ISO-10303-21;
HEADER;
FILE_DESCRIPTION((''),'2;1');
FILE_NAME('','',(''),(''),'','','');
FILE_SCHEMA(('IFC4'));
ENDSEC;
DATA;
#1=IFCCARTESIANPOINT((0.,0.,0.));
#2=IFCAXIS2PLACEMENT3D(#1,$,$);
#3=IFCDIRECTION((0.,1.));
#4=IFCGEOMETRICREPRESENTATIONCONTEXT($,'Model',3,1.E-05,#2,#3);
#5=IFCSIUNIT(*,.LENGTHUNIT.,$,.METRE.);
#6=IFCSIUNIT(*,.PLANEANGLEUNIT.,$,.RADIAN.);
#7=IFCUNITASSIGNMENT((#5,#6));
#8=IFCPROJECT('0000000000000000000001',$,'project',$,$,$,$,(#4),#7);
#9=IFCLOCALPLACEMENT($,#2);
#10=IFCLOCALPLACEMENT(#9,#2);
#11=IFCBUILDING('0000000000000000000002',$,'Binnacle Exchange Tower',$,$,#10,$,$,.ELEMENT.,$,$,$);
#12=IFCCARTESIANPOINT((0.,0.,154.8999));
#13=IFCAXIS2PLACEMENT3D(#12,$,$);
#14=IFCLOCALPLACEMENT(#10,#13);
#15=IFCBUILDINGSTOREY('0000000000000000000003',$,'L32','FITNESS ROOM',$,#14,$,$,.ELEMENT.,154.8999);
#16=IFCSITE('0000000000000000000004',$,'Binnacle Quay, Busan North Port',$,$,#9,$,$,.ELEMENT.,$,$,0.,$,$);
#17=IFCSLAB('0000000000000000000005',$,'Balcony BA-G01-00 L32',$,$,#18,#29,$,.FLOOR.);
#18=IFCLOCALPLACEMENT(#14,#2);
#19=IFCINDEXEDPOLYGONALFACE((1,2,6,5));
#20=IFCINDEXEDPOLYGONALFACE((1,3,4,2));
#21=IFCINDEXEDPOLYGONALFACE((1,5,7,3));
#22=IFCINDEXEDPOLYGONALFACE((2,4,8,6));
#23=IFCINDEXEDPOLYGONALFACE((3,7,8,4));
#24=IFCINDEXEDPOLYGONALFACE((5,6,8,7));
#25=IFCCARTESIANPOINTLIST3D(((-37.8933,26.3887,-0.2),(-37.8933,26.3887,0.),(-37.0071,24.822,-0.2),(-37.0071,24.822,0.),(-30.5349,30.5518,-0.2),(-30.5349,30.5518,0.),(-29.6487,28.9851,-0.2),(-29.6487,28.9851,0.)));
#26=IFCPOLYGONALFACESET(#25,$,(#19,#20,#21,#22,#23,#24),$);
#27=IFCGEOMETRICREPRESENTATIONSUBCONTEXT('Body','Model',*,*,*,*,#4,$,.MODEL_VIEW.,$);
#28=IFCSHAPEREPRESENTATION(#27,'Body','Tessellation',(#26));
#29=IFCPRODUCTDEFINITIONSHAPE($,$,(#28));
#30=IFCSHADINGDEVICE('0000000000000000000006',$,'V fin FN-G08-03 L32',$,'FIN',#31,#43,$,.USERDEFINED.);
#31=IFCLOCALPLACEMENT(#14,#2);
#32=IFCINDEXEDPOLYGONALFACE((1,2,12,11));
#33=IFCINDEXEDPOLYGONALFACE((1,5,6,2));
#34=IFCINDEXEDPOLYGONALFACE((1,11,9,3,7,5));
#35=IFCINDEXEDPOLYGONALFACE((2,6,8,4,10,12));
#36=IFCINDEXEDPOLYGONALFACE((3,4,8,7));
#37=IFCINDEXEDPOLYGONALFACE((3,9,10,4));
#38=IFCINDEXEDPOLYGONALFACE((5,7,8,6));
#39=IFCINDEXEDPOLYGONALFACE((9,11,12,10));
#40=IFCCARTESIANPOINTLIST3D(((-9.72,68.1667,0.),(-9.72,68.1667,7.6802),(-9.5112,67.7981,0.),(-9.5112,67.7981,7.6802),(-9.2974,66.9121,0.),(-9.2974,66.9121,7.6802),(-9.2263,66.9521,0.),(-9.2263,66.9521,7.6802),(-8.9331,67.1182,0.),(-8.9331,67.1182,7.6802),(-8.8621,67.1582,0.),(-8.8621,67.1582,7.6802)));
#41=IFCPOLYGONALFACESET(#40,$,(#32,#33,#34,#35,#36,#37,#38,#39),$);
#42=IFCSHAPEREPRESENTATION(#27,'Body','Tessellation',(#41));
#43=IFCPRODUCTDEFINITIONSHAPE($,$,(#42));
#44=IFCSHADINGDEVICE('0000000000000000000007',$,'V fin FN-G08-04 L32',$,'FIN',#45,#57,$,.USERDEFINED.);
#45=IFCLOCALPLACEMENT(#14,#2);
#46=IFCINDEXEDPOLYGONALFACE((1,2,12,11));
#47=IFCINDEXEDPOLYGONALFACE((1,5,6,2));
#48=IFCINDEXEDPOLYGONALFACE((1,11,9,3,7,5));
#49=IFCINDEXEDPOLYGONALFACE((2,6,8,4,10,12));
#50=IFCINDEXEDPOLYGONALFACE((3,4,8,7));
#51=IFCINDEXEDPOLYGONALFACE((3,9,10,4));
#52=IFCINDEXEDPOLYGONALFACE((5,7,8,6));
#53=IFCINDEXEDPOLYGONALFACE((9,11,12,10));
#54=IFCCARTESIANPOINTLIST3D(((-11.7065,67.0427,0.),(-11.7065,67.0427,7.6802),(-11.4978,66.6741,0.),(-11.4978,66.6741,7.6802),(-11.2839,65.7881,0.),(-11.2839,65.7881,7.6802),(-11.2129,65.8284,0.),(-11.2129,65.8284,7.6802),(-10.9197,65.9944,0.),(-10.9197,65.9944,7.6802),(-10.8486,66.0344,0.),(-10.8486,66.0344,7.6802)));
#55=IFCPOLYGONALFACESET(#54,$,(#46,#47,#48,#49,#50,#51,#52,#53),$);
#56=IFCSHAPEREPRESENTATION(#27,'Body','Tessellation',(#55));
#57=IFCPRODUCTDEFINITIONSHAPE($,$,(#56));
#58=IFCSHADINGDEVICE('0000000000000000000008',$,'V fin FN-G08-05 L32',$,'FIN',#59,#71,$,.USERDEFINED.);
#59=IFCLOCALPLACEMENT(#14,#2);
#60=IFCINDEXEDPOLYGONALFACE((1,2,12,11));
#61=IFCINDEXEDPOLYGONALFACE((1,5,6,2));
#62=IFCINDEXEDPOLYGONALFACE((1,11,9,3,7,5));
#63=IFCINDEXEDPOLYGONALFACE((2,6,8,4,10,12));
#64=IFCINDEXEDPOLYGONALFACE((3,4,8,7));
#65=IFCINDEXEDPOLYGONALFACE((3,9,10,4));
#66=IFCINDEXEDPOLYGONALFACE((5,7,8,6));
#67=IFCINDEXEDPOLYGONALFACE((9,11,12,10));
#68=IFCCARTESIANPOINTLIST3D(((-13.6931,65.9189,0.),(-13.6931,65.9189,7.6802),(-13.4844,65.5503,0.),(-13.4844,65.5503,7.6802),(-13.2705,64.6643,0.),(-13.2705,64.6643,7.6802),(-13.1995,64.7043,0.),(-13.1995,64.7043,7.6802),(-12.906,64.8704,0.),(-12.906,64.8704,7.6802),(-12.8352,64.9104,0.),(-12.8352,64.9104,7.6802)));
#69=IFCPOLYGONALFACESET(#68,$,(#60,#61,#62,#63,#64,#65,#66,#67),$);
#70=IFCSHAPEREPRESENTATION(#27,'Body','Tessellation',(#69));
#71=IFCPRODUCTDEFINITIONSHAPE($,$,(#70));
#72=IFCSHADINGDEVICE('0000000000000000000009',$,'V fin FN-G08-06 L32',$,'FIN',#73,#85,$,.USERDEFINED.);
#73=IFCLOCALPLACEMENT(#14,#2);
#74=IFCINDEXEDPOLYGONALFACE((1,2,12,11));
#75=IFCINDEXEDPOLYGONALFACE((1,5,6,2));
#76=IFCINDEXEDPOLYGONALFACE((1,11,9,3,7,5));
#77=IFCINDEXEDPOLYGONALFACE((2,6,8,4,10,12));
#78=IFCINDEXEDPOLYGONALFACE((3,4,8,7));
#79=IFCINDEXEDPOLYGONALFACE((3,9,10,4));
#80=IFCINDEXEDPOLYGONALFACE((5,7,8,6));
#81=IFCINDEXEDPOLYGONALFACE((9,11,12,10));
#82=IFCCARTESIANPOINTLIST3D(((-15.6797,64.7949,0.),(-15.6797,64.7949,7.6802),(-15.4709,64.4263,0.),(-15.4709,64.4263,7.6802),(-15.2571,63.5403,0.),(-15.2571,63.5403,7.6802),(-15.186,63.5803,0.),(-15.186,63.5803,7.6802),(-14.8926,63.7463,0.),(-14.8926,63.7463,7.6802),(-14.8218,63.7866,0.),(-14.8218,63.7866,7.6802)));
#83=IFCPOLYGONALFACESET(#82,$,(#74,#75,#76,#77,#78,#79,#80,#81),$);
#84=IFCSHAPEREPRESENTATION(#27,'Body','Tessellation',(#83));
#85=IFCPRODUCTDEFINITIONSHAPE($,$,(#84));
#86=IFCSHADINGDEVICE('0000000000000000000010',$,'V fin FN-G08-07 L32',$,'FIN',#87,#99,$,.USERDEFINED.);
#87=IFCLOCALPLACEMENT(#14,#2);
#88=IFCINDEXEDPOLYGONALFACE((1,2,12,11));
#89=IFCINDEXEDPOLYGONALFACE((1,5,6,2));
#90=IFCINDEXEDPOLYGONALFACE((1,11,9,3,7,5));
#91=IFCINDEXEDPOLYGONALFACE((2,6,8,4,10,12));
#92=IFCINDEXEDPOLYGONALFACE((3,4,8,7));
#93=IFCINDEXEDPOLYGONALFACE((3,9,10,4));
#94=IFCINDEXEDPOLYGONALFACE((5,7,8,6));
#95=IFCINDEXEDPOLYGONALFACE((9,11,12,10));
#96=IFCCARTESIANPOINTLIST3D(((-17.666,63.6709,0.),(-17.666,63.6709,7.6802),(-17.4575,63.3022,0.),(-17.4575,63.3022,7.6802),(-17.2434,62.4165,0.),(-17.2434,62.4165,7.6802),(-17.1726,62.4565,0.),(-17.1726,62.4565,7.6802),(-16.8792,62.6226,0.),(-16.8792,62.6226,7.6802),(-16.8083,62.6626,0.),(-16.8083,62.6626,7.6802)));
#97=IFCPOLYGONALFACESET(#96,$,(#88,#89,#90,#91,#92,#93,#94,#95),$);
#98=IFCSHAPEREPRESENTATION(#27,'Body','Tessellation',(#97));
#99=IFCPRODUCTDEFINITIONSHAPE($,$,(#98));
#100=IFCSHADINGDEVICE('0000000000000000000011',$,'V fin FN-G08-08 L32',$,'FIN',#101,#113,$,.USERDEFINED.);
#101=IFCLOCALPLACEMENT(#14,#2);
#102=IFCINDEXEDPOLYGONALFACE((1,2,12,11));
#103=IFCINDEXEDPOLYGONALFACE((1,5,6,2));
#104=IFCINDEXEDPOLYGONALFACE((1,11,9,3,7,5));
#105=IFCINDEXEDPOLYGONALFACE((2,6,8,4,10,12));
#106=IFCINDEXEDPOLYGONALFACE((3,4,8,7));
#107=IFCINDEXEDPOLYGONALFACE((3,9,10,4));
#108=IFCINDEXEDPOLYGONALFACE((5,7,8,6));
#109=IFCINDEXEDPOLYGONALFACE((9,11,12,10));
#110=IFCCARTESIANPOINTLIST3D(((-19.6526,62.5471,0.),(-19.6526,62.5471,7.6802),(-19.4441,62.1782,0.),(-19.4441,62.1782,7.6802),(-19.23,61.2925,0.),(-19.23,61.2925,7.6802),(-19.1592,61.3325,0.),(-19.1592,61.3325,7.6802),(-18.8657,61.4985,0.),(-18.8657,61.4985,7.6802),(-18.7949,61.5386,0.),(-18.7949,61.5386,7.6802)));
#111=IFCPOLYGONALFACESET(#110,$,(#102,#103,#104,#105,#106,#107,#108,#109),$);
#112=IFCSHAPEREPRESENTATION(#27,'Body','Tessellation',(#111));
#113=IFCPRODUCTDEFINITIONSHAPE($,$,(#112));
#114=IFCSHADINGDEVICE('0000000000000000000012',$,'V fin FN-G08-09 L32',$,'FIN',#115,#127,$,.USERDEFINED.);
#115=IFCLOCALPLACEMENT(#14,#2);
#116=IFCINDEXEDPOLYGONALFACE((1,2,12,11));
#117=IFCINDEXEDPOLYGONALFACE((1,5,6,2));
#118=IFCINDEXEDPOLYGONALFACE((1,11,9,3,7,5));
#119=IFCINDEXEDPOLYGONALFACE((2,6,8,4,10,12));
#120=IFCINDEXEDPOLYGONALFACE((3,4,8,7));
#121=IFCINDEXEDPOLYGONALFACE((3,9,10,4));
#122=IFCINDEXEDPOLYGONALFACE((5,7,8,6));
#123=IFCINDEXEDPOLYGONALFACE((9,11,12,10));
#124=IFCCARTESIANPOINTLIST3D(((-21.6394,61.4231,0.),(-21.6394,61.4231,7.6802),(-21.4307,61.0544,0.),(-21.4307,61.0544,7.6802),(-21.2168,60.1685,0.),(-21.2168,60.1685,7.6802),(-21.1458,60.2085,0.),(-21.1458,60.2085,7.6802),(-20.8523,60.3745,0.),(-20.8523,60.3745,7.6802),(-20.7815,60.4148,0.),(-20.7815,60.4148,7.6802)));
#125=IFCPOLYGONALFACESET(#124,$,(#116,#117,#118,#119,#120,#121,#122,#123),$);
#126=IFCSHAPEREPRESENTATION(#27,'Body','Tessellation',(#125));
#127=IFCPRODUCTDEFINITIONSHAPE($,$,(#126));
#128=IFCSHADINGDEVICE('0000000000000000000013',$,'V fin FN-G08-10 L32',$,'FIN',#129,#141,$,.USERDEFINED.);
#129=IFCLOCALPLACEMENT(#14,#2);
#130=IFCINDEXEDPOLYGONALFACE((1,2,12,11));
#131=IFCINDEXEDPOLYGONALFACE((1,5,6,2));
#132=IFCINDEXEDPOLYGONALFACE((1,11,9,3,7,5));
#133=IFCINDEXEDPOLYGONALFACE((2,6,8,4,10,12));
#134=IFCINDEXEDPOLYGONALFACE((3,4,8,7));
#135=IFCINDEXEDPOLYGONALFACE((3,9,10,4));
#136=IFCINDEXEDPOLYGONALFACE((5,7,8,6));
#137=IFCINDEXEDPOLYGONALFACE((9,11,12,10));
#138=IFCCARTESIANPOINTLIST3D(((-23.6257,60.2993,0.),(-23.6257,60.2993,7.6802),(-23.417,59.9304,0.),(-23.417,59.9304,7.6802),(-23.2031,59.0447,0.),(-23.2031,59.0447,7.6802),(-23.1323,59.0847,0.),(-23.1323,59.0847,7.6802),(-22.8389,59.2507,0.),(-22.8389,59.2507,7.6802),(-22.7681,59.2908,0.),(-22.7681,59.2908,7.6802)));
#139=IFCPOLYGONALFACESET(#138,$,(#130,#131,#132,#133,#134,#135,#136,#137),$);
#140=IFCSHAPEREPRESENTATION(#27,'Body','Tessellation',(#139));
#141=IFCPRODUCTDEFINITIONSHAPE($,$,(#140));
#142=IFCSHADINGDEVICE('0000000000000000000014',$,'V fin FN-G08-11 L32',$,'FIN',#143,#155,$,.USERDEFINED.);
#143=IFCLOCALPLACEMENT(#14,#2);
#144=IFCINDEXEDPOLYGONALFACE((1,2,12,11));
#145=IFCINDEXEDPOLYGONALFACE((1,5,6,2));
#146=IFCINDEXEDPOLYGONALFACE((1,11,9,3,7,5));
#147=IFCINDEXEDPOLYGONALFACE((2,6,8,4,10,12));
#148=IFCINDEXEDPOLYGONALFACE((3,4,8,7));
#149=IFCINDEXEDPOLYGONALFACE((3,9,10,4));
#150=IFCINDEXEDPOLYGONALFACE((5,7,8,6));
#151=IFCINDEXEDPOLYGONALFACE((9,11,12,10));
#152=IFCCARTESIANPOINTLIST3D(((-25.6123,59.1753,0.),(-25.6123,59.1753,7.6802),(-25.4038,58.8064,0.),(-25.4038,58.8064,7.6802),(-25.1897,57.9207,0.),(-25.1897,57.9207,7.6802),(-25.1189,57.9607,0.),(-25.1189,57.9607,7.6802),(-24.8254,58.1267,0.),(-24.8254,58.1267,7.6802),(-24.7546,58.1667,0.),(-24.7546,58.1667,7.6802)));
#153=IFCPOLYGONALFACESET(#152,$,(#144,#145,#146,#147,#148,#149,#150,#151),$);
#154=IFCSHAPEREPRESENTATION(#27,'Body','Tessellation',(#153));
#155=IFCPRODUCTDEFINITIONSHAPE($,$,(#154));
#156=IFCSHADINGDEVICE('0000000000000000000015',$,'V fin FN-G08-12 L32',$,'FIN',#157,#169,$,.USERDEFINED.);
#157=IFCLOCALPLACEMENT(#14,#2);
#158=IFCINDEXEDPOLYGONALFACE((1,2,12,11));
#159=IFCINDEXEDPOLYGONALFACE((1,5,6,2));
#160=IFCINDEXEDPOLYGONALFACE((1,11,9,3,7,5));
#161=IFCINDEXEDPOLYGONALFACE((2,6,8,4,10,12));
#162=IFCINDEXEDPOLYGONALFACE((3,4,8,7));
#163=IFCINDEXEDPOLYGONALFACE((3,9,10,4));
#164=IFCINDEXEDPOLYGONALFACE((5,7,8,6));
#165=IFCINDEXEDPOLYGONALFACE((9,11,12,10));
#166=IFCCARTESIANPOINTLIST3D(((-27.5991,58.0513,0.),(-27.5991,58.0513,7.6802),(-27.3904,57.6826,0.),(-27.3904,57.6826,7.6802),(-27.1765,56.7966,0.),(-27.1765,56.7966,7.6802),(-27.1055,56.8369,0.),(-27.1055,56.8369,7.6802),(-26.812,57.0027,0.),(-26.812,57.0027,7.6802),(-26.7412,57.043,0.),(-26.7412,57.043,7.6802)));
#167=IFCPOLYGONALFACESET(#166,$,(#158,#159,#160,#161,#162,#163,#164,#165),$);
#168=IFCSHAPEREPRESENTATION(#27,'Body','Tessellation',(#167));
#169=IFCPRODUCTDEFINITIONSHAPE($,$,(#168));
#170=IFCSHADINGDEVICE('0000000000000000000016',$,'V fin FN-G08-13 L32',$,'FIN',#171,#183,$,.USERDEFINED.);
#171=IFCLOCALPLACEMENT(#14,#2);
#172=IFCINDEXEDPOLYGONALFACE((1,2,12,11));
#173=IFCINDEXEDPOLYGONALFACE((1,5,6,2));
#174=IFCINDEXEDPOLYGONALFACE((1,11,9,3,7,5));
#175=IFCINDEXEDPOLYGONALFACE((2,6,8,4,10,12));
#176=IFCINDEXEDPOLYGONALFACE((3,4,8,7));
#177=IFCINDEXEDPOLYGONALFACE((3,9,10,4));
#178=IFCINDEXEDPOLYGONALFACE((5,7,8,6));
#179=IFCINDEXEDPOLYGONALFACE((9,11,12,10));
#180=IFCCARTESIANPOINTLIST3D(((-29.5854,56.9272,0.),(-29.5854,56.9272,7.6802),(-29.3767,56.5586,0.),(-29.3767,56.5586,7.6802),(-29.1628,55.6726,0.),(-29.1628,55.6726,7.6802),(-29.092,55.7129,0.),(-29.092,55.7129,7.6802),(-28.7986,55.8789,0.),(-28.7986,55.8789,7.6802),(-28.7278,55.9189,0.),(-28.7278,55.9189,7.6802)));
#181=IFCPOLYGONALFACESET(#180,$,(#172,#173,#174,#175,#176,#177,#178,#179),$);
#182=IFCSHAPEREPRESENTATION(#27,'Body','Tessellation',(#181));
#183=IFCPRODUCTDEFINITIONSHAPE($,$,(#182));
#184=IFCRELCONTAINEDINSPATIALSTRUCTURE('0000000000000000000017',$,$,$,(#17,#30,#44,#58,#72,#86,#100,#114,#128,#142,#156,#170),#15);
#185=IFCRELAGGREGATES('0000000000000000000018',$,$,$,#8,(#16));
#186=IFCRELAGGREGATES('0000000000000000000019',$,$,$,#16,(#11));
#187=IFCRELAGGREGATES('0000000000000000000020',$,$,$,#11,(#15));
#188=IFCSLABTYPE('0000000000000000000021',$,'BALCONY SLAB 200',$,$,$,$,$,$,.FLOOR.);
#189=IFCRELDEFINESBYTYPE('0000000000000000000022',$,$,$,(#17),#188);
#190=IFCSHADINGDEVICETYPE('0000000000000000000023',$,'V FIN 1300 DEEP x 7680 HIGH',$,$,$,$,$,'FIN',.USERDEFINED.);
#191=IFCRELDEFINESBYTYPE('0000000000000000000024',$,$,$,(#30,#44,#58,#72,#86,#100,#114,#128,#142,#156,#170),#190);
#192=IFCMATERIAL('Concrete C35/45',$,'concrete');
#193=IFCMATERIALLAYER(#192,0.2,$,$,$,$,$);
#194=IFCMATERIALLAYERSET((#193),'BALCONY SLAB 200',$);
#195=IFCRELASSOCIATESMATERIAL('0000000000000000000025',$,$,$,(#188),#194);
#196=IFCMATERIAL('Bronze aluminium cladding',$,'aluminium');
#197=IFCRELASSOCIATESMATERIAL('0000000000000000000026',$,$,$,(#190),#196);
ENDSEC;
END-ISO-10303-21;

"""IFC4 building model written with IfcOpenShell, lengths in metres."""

from ifc_helpers import new_model, si_unit, direction, frame, origin, place, context, subcontext, project, spatial, polyline, outline, extrude, material, layer, layer_set, type_object, element, save


model = new_model("IFC4")

# Units and contexts
model_context = context("Model", 3, precision=1e-05, world=origin(), true_north=direction((0.0, 1.0)))
body_context = subcontext(model_context, "Body", "Model", "MODEL_VIEW")
ifc_project = project(units=[si_unit("LENGTHUNIT", "METRE"), si_unit("PLANEANGLEUNIT", "RADIAN")], contexts=[model_context])

# Site, building, storey
site_placement = place(None, origin())
site = spatial("IfcSite", under=ifc_project, at=site_placement, Name="Binnacle Quay, Busan North Port", CompositionType="ELEMENT", RefElevation=0.0)
building_placement = place(site_placement, origin())
building = spatial("IfcBuilding", under=site, at=building_placement, Name="Binnacle Exchange Tower", CompositionType="ELEMENT")
storey_placement = place(building_placement, frame((0.0, 0.0, 154.8999)))
storey = spatial("IfcBuildingStorey", under=building, at=storey_placement, Name="L32", Description="FITNESS ROOM", CompositionType="ELEMENT", Elevation=154.8999)

# Slab
ifc_material_1 = material(Name="Concrete C35/45", Category="concrete")
ifc_layer = layer(ifc_material_1, 0.2)
ifc_layer_set = layer_set([ifc_layer], Name="BALCONY SLAB 200")
slab_type = type_object("IfcSlabType", Name="BALCONY SLAB 200", PredefinedType="FLOOR", material=ifc_layer_set)
slab_placement = place(storey_placement, frame((0.0, 0.0, -0.2)))
element("IfcSlab", 1, at=slab_placement, inside=storey, type_object=slab_type, Name="Balcony BA-G01-00 L32", PredefinedType="FLOOR", context=body_context, shape_type="SweptSolid", body=[
    extrude(outline(polyline([(-37.8933, 26.3887), (-30.5349, 30.5518), (-29.6487, 28.9851), (-37.0071, 24.822), (-37.8933, 26.3887)])), origin(), (0.0, 0.0, 1.0), 0.2),
])

# Shading devices
ifc_material_2 = material(Name="Bronze aluminium cladding", Category="aluminium")
shading_device_type = type_object("IfcShadingDeviceType", Name="V FIN 1300 DEEP x 7680 HIGH", ElementType="FIN", PredefinedType="USERDEFINED", material=ifc_material_2)
shading_device_1_placement = place(storey_placement, origin())
element("IfcShadingDevice", 2, at=shading_device_1_placement, inside=storey, type_object=shading_device_type, Name="V fin FN-G08-03 L32", ObjectType="FIN", PredefinedType="USERDEFINED", context=body_context, shape_type="SweptSolid", body=[
    extrude(outline(polyline([(-8.8621, 67.1582), (-9.72, 68.1667), (-9.2974, 66.9121), (-9.2263, 66.9521), (-9.5112, 67.7981), (-8.9331, 67.1182), (-8.8621, 67.1582)])), origin(), (0.0, 0.0, 1.0), 7.6802),
])
shading_device_2_placement = place(storey_placement, origin())
element("IfcShadingDevice", 3, at=shading_device_2_placement, inside=storey, type_object=shading_device_type, Name="V fin FN-G08-04 L32", ObjectType="FIN", PredefinedType="USERDEFINED", context=body_context, shape_type="SweptSolid", body=[
    extrude(outline(polyline([(-10.8486, 66.0344), (-11.7065, 67.0427), (-11.2839, 65.7881), (-11.2129, 65.8284), (-11.4978, 66.6741), (-10.9197, 65.9944), (-10.8486, 66.0344)])), origin(), (0.0, 0.0, 1.0), 7.6802),
])
shading_device_3_placement = place(storey_placement, origin())
element("IfcShadingDevice", 4, at=shading_device_3_placement, inside=storey, type_object=shading_device_type, Name="V fin FN-G08-05 L32", ObjectType="FIN", PredefinedType="USERDEFINED", context=body_context, shape_type="SweptSolid", body=[
    extrude(outline(polyline([(-12.8352, 64.9104), (-13.6931, 65.9189), (-13.2705, 64.6643), (-13.1995, 64.7043), (-13.4844, 65.5503), (-12.906, 64.8704), (-12.8352, 64.9104)])), origin(), (0.0, 0.0, 1.0), 7.6802),
])
shading_device_4_placement = place(storey_placement, origin())
element("IfcShadingDevice", 5, at=shading_device_4_placement, inside=storey, type_object=shading_device_type, Name="V fin FN-G08-06 L32", ObjectType="FIN", PredefinedType="USERDEFINED", context=body_context, shape_type="SweptSolid", body=[
    extrude(outline(polyline([(-14.8218, 63.7866), (-15.6797, 64.7949), (-15.2571, 63.5403), (-15.186, 63.5803), (-15.4709, 64.4263), (-14.8926, 63.7463), (-14.8218, 63.7866)])), origin(), (0.0, 0.0, 1.0), 7.6802),
])
shading_device_5_placement = place(storey_placement, origin())
element("IfcShadingDevice", 6, at=shading_device_5_placement, inside=storey, type_object=shading_device_type, Name="V fin FN-G08-07 L32", ObjectType="FIN", PredefinedType="USERDEFINED", context=body_context, shape_type="SweptSolid", body=[
    extrude(outline(polyline([(-16.8083, 62.6626), (-17.666, 63.6709), (-17.2434, 62.4165), (-17.1726, 62.4565), (-17.4575, 63.3022), (-16.8792, 62.6226), (-16.8083, 62.6626)])), origin(), (0.0, 0.0, 1.0), 7.6802),
])
shading_device_6_placement = place(storey_placement, origin())
element("IfcShadingDevice", 7, at=shading_device_6_placement, inside=storey, type_object=shading_device_type, Name="V fin FN-G08-08 L32", ObjectType="FIN", PredefinedType="USERDEFINED", context=body_context, shape_type="SweptSolid", body=[
    extrude(outline(polyline([(-18.7949, 61.5386), (-19.6526, 62.5471), (-19.23, 61.2925), (-19.1592, 61.3325), (-19.4441, 62.1782), (-18.8657, 61.4985), (-18.7949, 61.5386)])), origin(), (0.0, 0.0, 1.0), 7.6802),
])
shading_device_7_placement = place(storey_placement, origin())
element("IfcShadingDevice", 8, at=shading_device_7_placement, inside=storey, type_object=shading_device_type, Name="V fin FN-G08-09 L32", ObjectType="FIN", PredefinedType="USERDEFINED", context=body_context, shape_type="SweptSolid", body=[
    extrude(outline(polyline([(-20.7815, 60.4148), (-21.6394, 61.4231), (-21.2168, 60.1685), (-21.1458, 60.2085), (-21.4307, 61.0544), (-20.8523, 60.3745), (-20.7815, 60.4148)])), origin(), (0.0, 0.0, 1.0), 7.6802),
])
shading_device_8_placement = place(storey_placement, origin())
element("IfcShadingDevice", 9, at=shading_device_8_placement, inside=storey, type_object=shading_device_type, Name="V fin FN-G08-10 L32", ObjectType="FIN", PredefinedType="USERDEFINED", context=body_context, shape_type="SweptSolid", body=[
    extrude(outline(polyline([(-22.7681, 59.2908), (-23.6257, 60.2993), (-23.2031, 59.0447), (-23.1323, 59.0847), (-23.417, 59.9304), (-22.8389, 59.2507), (-22.7681, 59.2908)])), origin(), (0.0, 0.0, 1.0), 7.6802),
])
shading_device_9_placement = place(storey_placement, origin())
element("IfcShadingDevice", 10, at=shading_device_9_placement, inside=storey, type_object=shading_device_type, Name="V fin FN-G08-11 L32", ObjectType="FIN", PredefinedType="USERDEFINED", context=body_context, shape_type="SweptSolid", body=[
    extrude(outline(polyline([(-24.7546, 58.1667), (-25.6123, 59.1753), (-25.1897, 57.9207), (-25.1189, 57.9607), (-25.4038, 58.8064), (-24.8254, 58.1267), (-24.7546, 58.1667)])), origin(), (0.0, 0.0, 1.0), 7.6802),
])
shading_device_10_placement = place(storey_placement, origin())
element("IfcShadingDevice", 11, at=shading_device_10_placement, inside=storey, type_object=shading_device_type, Name="V fin FN-G08-12 L32", ObjectType="FIN", PredefinedType="USERDEFINED", context=body_context, shape_type="SweptSolid", body=[
    extrude(outline(polyline([(-26.7412, 57.043), (-27.5991, 58.0513), (-27.1765, 56.7966), (-27.1055, 56.8369), (-27.3904, 57.6826), (-26.812, 57.0027), (-26.7412, 57.043)])), origin(), (0.0, 0.0, 1.0), 7.6802),
])
shading_device_11_placement = place(storey_placement, origin())
element("IfcShadingDevice", 12, at=shading_device_11_placement, inside=storey, type_object=shading_device_type, Name="V fin FN-G08-13 L32", ObjectType="FIN", PredefinedType="USERDEFINED", context=body_context, shape_type="SweptSolid", body=[
    extrude(outline(polyline([(-28.7278, 55.9189), (-29.5854, 56.9272), (-29.1628, 55.6726), (-29.092, 55.7129), (-29.3767, 56.5586), (-28.7986, 55.8789), (-28.7278, 55.9189)])), origin(), (0.0, 0.0, 1.0), 7.6802),
])

save(model, "model.ifc")
